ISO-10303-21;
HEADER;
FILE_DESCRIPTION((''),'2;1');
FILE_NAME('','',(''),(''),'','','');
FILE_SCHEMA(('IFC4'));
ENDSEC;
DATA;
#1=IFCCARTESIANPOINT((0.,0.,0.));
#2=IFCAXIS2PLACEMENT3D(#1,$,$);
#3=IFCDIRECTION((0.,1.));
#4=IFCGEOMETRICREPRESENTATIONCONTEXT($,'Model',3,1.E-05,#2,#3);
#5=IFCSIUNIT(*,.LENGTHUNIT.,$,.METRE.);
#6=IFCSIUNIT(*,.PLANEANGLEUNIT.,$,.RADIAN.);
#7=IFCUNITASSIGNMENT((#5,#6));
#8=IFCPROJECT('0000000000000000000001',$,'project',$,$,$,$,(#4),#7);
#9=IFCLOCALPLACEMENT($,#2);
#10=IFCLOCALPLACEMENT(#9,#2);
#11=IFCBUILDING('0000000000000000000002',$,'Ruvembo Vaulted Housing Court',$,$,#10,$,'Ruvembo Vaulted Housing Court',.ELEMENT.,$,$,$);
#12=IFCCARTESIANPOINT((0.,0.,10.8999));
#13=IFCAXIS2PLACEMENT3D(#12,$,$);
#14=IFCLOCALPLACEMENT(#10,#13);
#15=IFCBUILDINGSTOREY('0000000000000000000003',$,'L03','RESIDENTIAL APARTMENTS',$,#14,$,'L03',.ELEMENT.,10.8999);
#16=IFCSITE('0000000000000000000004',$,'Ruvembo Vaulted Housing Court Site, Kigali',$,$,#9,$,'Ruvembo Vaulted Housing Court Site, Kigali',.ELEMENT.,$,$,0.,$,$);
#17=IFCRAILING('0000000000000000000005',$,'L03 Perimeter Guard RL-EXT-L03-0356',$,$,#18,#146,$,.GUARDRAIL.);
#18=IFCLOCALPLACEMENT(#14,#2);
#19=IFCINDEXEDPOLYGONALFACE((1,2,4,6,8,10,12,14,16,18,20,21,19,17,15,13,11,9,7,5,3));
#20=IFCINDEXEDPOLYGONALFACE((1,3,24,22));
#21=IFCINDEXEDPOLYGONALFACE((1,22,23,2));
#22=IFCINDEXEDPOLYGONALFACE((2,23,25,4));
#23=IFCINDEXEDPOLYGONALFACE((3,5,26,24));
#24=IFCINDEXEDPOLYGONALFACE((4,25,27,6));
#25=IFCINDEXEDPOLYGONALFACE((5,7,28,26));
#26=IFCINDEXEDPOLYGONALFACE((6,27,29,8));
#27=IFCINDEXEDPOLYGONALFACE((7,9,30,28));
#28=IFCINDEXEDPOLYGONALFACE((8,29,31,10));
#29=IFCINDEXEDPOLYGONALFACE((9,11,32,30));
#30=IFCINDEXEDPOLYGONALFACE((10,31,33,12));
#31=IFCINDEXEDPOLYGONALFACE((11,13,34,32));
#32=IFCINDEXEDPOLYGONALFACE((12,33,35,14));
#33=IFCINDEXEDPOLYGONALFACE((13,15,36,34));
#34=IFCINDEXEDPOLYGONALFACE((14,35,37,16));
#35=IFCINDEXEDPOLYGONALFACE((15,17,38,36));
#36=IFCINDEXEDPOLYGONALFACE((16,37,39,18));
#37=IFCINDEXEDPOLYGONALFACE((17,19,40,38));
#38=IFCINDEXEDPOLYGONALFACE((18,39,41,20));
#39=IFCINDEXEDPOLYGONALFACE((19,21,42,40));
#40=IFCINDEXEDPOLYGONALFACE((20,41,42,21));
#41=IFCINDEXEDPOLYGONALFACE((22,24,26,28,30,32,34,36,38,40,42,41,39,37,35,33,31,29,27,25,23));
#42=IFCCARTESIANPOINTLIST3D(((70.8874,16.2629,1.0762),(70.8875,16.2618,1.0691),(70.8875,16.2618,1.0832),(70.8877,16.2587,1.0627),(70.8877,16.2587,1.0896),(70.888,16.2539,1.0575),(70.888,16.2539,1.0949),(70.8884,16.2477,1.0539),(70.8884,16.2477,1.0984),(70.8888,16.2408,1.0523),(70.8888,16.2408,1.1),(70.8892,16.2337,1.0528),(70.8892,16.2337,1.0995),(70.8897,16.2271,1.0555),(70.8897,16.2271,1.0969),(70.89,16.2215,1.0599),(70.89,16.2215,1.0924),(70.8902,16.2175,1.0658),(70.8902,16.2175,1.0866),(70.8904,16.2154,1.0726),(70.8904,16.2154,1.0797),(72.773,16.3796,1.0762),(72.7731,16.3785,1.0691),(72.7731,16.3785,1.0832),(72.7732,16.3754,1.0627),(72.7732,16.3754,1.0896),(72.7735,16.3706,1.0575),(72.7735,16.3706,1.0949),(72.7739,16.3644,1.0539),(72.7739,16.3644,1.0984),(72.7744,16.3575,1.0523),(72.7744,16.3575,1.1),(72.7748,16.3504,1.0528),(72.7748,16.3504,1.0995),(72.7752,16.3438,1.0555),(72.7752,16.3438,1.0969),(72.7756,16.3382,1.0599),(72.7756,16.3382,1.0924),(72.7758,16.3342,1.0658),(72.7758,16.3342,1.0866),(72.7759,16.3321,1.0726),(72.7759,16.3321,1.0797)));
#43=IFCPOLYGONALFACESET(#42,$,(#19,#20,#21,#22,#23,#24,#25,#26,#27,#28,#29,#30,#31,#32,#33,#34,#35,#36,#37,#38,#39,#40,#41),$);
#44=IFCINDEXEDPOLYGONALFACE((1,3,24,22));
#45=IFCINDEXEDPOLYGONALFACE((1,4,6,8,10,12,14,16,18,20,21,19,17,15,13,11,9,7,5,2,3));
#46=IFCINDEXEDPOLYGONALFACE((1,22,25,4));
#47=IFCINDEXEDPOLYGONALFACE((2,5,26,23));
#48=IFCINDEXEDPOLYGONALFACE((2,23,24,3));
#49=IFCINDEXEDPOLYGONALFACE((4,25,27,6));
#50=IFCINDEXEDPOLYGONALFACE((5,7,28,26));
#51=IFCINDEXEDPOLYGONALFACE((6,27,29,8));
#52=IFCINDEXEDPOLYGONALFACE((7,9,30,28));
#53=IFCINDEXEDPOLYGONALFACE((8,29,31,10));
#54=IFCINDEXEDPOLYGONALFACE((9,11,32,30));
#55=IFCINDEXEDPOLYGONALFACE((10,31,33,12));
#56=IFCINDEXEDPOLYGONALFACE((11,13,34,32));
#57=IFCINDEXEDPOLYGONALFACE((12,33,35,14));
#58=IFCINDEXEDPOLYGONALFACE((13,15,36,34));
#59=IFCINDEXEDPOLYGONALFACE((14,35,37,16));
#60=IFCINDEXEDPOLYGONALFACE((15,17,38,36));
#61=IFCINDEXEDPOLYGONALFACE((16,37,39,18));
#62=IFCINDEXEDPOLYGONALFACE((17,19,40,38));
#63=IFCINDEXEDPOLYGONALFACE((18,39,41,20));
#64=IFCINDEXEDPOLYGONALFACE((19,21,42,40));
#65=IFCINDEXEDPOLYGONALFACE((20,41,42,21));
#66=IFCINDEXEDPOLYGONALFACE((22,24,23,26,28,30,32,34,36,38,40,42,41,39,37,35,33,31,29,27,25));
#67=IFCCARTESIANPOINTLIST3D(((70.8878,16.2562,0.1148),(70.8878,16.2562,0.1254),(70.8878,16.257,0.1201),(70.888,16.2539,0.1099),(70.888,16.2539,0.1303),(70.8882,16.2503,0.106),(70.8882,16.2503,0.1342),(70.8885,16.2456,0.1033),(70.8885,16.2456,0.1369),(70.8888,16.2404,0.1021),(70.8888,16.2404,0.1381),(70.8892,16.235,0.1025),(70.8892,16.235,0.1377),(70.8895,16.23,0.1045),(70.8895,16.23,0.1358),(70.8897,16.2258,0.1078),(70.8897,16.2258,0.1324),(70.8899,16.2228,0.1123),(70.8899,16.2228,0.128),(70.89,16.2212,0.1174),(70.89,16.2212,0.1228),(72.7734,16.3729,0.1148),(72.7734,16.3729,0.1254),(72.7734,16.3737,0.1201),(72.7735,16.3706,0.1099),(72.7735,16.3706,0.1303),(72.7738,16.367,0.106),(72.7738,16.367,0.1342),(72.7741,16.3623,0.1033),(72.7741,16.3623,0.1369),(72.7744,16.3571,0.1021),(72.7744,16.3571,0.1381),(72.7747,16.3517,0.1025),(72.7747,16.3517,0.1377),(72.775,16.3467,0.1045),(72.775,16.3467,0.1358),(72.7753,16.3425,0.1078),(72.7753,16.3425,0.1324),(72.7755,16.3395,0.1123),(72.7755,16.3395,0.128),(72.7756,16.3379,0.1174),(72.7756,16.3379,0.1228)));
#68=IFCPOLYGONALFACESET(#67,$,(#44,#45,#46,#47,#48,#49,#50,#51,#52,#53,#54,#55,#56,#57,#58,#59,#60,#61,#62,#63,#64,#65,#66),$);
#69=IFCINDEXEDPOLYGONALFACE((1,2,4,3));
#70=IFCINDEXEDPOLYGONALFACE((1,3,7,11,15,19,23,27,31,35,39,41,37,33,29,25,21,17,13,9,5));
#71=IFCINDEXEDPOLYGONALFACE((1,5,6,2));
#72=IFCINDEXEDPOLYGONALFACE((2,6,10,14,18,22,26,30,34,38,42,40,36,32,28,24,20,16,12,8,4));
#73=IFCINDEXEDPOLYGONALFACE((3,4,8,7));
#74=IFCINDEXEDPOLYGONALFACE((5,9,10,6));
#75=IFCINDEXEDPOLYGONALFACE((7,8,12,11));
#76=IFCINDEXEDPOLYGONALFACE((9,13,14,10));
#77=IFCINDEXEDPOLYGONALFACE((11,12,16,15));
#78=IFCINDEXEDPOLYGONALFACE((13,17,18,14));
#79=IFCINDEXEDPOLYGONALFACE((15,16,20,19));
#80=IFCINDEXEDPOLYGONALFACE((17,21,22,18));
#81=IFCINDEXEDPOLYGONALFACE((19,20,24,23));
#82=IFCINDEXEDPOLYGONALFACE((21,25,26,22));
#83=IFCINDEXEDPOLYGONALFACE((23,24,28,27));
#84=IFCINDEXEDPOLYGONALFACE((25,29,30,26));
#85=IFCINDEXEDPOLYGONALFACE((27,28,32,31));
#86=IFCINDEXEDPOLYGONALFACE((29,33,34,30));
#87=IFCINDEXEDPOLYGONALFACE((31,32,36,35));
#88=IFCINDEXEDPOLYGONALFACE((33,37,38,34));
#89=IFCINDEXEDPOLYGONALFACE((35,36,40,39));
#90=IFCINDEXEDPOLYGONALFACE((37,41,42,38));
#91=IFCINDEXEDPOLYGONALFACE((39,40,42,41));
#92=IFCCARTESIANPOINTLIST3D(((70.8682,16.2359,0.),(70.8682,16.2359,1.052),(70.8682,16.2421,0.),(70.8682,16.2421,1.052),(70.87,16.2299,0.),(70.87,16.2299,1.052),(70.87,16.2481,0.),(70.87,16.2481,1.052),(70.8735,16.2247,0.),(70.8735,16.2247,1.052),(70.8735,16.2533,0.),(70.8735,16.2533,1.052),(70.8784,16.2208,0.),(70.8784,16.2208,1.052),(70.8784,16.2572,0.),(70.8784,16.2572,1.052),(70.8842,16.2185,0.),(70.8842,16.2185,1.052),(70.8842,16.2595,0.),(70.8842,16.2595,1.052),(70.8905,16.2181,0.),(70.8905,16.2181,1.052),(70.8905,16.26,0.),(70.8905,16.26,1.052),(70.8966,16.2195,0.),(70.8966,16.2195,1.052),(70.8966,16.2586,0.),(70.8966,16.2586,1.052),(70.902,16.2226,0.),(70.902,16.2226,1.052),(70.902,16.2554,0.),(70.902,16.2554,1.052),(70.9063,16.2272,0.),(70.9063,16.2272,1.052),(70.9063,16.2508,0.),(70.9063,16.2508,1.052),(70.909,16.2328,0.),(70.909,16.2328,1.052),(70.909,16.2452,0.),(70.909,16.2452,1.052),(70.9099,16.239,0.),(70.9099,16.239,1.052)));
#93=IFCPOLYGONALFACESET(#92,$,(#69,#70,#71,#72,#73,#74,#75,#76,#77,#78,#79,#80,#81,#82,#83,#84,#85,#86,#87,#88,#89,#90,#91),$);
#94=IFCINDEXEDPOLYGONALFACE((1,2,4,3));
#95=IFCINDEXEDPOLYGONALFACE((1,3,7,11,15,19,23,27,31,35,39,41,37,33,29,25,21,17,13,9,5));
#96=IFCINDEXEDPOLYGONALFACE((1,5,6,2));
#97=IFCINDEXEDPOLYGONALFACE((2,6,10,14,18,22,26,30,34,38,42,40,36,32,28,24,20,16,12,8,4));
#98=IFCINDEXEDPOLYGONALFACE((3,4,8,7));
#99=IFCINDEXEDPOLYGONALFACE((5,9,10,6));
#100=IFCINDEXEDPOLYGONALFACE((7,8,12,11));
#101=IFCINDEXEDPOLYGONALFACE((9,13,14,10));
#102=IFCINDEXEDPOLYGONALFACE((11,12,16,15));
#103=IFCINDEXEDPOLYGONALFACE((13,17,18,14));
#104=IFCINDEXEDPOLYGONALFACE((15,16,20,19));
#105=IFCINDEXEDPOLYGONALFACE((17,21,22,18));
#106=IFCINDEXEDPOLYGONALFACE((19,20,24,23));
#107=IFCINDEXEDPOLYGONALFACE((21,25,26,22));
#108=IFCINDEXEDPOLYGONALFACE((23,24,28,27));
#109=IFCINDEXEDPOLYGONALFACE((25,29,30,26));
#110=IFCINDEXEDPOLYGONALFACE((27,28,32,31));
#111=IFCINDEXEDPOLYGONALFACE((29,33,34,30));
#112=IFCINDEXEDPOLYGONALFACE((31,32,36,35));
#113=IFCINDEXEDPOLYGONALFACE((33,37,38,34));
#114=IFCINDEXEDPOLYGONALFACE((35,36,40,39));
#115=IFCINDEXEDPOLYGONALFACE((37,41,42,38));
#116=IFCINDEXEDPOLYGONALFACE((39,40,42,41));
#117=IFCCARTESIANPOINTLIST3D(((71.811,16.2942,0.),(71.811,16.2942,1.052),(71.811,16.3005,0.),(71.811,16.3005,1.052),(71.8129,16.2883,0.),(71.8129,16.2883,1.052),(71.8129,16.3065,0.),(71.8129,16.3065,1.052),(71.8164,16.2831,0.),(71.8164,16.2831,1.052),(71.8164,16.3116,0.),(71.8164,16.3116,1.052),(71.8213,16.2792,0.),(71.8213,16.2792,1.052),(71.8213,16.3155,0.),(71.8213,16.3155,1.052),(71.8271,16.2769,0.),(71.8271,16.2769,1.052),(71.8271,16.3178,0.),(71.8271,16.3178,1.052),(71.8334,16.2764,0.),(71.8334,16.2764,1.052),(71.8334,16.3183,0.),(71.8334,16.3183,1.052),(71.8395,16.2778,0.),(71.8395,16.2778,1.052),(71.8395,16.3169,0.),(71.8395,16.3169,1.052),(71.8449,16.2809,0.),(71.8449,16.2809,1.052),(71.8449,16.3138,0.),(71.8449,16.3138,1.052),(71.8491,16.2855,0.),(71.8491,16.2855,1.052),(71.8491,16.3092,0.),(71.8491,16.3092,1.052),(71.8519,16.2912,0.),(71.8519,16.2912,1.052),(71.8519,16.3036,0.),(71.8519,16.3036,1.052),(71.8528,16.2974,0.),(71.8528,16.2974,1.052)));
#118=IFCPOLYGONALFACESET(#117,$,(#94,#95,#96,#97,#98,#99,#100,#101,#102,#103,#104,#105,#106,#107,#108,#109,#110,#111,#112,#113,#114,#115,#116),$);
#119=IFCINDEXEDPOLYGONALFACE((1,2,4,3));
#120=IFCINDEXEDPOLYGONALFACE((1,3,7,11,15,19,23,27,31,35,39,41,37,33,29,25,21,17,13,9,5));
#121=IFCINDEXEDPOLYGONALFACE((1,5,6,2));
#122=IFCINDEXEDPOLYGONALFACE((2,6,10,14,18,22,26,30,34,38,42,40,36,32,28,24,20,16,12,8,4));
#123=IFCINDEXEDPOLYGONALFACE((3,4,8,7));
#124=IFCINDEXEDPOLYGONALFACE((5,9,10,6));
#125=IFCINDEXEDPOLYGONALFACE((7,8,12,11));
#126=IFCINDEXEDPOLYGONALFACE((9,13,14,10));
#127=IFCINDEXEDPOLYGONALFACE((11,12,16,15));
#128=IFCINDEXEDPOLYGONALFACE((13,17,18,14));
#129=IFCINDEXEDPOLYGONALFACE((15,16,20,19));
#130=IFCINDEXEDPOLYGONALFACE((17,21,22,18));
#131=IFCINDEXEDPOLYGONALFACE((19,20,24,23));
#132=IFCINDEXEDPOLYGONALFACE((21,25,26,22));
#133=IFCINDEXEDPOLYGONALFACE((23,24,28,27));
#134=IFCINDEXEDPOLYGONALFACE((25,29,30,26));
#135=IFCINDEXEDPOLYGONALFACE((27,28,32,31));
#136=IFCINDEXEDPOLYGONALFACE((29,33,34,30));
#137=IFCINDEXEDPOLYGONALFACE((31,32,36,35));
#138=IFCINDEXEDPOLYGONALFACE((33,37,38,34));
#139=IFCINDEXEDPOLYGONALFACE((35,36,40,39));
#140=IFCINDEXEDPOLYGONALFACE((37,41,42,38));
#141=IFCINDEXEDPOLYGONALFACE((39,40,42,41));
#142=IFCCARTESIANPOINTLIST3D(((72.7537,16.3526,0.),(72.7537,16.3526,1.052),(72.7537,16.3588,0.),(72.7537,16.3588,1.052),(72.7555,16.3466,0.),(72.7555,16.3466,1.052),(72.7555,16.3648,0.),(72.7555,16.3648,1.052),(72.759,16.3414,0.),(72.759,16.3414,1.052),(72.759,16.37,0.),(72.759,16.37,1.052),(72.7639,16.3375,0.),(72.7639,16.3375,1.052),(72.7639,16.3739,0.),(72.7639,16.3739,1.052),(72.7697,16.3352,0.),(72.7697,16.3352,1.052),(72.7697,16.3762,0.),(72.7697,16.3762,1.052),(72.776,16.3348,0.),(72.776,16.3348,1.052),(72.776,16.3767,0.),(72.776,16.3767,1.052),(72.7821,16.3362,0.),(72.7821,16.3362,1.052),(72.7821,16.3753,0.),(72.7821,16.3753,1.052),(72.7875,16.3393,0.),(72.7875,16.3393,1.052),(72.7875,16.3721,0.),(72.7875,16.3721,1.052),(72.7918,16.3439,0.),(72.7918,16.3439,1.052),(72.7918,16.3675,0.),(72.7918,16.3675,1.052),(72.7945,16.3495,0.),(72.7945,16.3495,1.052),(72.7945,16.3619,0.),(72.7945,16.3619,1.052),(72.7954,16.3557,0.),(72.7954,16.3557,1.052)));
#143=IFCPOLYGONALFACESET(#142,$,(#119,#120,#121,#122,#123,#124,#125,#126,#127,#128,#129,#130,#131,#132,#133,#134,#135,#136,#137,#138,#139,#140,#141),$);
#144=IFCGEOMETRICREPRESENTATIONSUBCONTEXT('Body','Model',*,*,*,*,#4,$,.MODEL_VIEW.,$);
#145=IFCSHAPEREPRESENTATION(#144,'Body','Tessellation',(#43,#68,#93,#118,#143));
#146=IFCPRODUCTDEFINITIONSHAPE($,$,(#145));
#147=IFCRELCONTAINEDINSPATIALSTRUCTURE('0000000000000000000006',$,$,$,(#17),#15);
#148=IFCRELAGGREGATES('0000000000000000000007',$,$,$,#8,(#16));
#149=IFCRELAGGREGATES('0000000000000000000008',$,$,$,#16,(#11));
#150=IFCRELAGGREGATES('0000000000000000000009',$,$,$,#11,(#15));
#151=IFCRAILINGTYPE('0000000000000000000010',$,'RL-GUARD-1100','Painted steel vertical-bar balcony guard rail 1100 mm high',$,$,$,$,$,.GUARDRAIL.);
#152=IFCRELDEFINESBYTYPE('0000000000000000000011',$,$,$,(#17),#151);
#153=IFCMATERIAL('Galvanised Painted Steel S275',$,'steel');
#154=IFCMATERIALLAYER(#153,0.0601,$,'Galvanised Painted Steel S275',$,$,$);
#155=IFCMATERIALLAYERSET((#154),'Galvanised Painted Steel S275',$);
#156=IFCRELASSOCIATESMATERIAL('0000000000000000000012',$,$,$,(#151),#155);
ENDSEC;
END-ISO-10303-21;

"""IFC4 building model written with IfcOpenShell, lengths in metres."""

from ifc_helpers import new_model, si_unit, direction, frame, origin, origin_2d, place, context, subcontext, project, spatial, circle, extrude, material, layer, layer_set, type_object, element, save


model = new_model("IFC4")

# Units and contexts
model_context = context("Model", 3, precision=1e-05, world=origin(), true_north=direction((0.0, 1.0)))
body_context = subcontext(model_context, "Body", "Model", "MODEL_VIEW")
ifc_project = project(units=[si_unit("LENGTHUNIT", "METRE"), si_unit("PLANEANGLEUNIT", "RADIAN")], contexts=[model_context])

# Site, building, storey
site_placement = place(None, origin())
site = spatial("IfcSite", under=ifc_project, at=site_placement, Name="Ruvembo Vaulted Housing Court Site, Kigali", LongName="Ruvembo Vaulted Housing Court Site, Kigali", CompositionType="ELEMENT", RefElevation=0.0)
building_placement = place(site_placement, origin())
building = spatial("IfcBuilding", under=site, at=building_placement, Name="Ruvembo Vaulted Housing Court", LongName="Ruvembo Vaulted Housing Court", CompositionType="ELEMENT")
storey_placement = place(building_placement, frame((0.0, 0.0, 10.8999)))
storey = spatial("IfcBuildingStorey", under=building, at=storey_placement, Name="L03", Description="RESIDENTIAL APARTMENTS", LongName="L03", CompositionType="ELEMENT", Elevation=10.8999)

# Railing
ifc_material_1 = material(Name="Galvanised Painted Steel S275", Category="steel")
ifc_layer_1 = layer(ifc_material_1, 0.0601, Name="Galvanised Painted Steel S275")
ifc_layer_set_1 = layer_set([ifc_layer_1], Name="Galvanised Painted Steel S275")
railing_type = type_object("IfcRailingType", Name="RL-GUARD-1100", Description="Painted steel vertical-bar balcony guard rail 1100 mm high", PredefinedType="GUARDRAIL", material=ifc_layer_set_1)
railing_1_placement = place(storey_placement, frame((70.8889, 16.239, 0.0)))
element("IfcRailing", 1, at=railing_1_placement, inside=storey, type_object=railing_type, Name="L03 Perimeter Guard RL-EXT-L03-0356", PredefinedType="GUARDRAIL", context=body_context, shape_type="SweptSolid", body=[
    extrude(circle(Radius=0.0239, at=origin_2d()), frame((0.0, 0.0, 1.0762), z_axis=(0.99809, 0.061775, 0.0), x_axis=(-0.061775, 0.99809, 0.0)), (0.0, 0.0, 1.0), 1.8892),
    extrude(circle(Radius=0.0181, at=origin_2d()), frame((0.0, 0.0, 0.1201), z_axis=(0.99809, 0.061775, 0.0), x_axis=(-0.061775, 0.99809, 0.0)), (0.0, 0.0, 1.0), 1.8892),
    extrude(circle(Radius=0.021, at=origin_2d()), origin(), (0.0, 0.0, 1.0), 1.052),
    extrude(circle(Radius=0.021, at=origin_2d()), frame((0.9429, 0.0583, 0.0)), (0.0, 0.0, 1.0), 1.052),
    extrude(circle(Radius=0.021, at=origin_2d()), frame((1.8855, 0.1167, 0.0)), (0.0, 0.0, 1.0), 1.052),
])

save(model, "model.ifc")
